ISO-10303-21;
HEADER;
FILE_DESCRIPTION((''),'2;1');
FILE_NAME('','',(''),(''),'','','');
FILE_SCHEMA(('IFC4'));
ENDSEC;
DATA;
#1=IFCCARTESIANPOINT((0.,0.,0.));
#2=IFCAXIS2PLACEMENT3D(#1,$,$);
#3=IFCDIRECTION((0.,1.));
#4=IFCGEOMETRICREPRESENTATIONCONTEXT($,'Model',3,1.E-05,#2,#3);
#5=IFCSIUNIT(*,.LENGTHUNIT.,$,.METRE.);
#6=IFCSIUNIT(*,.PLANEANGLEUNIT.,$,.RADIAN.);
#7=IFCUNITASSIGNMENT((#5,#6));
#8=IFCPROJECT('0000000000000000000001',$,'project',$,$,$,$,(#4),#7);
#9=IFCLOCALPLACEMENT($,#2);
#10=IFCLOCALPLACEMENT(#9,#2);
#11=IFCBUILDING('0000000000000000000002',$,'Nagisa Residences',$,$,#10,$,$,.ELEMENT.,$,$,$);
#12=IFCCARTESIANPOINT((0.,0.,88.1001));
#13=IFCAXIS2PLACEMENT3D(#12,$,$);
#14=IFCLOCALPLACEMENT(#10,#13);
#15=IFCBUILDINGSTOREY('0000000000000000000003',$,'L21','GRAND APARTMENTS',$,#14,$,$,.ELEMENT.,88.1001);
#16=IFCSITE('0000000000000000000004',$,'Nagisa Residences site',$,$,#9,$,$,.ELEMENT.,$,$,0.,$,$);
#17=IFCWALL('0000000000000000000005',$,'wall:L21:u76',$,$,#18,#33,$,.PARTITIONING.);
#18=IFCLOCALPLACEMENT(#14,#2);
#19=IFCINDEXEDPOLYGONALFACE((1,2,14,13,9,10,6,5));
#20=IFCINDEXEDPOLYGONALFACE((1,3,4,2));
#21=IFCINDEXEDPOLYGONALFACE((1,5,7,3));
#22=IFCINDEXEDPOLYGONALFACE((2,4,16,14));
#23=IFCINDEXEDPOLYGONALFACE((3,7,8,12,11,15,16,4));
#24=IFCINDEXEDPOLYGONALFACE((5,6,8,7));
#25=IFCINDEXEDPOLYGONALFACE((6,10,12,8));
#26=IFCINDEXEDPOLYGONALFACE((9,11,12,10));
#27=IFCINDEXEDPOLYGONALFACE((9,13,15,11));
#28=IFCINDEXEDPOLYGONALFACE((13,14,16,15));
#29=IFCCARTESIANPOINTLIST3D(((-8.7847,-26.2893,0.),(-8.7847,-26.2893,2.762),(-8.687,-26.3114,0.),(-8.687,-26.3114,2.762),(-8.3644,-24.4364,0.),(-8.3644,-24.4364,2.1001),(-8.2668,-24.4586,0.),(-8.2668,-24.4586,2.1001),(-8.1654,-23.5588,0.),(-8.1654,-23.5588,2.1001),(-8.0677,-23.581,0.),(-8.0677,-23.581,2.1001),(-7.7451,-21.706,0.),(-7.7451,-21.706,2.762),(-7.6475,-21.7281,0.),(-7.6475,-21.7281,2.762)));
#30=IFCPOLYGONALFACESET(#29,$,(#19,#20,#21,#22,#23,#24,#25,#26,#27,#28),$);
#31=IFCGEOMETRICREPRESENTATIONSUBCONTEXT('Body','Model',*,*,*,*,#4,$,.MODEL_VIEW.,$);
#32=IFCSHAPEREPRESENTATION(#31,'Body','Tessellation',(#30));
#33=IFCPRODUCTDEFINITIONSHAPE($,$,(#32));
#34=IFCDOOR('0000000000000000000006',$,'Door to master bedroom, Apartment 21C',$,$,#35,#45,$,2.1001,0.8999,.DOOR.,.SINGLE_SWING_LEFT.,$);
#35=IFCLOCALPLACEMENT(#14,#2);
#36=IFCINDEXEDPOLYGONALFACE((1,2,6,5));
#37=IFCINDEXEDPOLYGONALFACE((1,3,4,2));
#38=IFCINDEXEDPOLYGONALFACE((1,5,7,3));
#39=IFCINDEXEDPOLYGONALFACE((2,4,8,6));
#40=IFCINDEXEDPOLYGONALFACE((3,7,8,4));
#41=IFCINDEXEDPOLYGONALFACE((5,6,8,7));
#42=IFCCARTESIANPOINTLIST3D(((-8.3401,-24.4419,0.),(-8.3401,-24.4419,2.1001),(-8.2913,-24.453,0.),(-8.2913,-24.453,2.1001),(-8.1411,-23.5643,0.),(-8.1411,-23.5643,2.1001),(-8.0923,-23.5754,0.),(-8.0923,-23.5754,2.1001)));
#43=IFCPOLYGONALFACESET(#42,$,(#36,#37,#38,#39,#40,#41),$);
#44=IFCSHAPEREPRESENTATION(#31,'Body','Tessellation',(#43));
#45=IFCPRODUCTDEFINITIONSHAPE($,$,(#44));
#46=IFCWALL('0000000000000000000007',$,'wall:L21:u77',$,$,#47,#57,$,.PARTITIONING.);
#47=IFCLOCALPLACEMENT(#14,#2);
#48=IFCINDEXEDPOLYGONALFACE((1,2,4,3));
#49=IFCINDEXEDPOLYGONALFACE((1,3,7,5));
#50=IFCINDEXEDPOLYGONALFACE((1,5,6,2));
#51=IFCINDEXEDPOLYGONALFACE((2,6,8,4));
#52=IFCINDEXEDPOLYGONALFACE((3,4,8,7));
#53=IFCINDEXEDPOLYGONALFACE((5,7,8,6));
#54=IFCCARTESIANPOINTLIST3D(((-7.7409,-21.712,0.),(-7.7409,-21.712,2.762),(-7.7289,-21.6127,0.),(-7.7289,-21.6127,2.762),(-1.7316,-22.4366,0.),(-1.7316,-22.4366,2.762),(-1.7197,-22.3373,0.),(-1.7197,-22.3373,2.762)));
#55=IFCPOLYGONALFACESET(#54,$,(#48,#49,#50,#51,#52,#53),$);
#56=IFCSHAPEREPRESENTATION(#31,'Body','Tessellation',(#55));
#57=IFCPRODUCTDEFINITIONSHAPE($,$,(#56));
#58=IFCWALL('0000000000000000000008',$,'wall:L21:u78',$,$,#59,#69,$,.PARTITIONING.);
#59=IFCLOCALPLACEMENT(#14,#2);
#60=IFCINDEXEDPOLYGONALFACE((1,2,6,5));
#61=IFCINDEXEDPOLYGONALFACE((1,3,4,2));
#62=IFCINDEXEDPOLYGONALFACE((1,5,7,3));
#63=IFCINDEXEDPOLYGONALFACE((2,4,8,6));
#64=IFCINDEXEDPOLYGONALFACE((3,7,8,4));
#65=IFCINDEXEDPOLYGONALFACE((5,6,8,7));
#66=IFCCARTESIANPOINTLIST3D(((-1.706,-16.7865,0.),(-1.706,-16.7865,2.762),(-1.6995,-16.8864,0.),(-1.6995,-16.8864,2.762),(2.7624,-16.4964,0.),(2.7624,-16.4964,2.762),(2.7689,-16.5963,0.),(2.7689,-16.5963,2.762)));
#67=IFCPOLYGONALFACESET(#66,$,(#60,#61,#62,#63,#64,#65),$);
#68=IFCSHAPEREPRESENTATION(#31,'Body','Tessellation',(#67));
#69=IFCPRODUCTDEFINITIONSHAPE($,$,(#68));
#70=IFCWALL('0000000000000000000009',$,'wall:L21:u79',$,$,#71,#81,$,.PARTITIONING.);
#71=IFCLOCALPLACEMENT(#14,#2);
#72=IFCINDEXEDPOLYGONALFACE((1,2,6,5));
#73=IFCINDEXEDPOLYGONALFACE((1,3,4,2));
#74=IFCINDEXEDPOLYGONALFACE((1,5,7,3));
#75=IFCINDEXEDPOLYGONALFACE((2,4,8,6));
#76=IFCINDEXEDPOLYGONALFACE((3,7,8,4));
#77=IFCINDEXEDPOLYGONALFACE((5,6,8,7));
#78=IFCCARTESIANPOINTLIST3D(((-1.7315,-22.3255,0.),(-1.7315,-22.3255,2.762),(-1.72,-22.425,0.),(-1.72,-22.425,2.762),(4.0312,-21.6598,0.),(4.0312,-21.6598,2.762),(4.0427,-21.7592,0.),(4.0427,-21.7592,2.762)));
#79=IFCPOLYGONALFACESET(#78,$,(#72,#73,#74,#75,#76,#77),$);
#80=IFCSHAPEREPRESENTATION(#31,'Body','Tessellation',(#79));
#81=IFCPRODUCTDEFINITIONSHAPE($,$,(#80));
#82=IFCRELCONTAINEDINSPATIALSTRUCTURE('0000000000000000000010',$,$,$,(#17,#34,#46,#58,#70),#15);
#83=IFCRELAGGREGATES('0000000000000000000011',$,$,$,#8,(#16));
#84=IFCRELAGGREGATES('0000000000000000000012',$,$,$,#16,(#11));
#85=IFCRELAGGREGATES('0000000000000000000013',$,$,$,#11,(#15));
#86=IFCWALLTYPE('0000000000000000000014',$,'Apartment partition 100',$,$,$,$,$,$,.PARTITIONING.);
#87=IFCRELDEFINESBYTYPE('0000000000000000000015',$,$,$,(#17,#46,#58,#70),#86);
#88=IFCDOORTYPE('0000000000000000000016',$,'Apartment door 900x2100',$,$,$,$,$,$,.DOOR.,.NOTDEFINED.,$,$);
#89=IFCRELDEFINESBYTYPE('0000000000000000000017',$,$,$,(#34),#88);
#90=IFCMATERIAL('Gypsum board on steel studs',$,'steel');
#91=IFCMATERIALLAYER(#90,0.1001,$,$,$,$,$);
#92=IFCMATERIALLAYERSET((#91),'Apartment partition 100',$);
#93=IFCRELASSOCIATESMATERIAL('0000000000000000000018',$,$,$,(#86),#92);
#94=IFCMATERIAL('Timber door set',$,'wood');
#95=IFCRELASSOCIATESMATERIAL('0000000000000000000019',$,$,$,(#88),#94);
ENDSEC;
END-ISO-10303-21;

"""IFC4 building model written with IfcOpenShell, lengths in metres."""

from ifc_helpers import new_model, si_unit, direction, frame, frame_2d, origin, place, context, subcontext, project, spatial, rectangle, extrude, material, layer, layer_set, type_object, element, fill, save


model = new_model("IFC4")

# Units and contexts
model_context = context("Model", 3, precision=1e-05, world=origin(), true_north=direction((0.0, 1.0)))
body_context = subcontext(model_context, "Body", "Model", "MODEL_VIEW")
ifc_project = project(units=[si_unit("LENGTHUNIT", "METRE"), si_unit("PLANEANGLEUNIT", "RADIAN")], contexts=[model_context])

# Site, building, storey
site_placement = place(None, origin())
site = spatial("IfcSite", under=ifc_project, at=site_placement, Name="Nagisa Residences site", CompositionType="ELEMENT", RefElevation=0.0)
building_placement = place(site_placement, origin())
building = spatial("IfcBuilding", under=site, at=building_placement, Name="Nagisa Residences", CompositionType="ELEMENT")
storey_placement = place(building_placement, frame((0.0, 0.0, 88.1001)))
storey = spatial("IfcBuildingStorey", under=building, at=storey_placement, Name="L21", Description="GRAND APARTMENTS", CompositionType="ELEMENT", Elevation=88.1001)

# Shared definitions
ifc_material_1 = material(Name="Gypsum board on steel studs", Category="steel")
ifc_layer_1 = layer(ifc_material_1, 0.1001)
ifc_layer_set_1 = layer_set([ifc_layer_1], Name="Apartment partition 100")
wall_type_1 = type_object("IfcWallType", Name="Apartment partition 100", PredefinedType="PARTITIONING", material=ifc_layer_set_1)
ifc_material_2 = material(Name="Timber door set", Category="wood")
door_type_1 = type_object("IfcDoorType", Name="Apartment door 900x2100", OperationType="NOTDEFINED", PredefinedType="DOOR", material=ifc_material_2)

# Wall, opening, door
wall_1_placement = place(storey_placement, frame((-7.6963, -21.717, 0.0), z_axis=(0.0, 0.0, 1.0), x_axis=(-0.221197, -0.975229, 0.0)))
wall_1 = element("IfcWall", 1, at=wall_1_placement, inside=storey, type_object=wall_type_1, Name="wall:L21:u76", PredefinedType="PARTITIONING", context=body_context, shape_type="SweptSolid", body=[
    extrude(rectangle(XDim=4.6997, YDim=0.1001, at=frame_2d((2.3499, 0.0))), origin(), (0.0, 0.0, 1.0), 2.762),
])
opening_1_placement = place(wall_1_placement, frame((1.8999, 0.0, 0.0)))
opening_1 = element("IfcOpeningElement", 2, at=opening_1_placement, cuts=wall_1, PredefinedType="OPENING", context=body_context, shape_type="SweptSolid", body=[
    extrude(rectangle(XDim=0.8999, YDim=2.1001, at=frame_2d((0.45, 1.05))), frame((0.0, 0.0601, 0.0), z_axis=(0.0, -1.0, 0.0), x_axis=(1.0, 0.0, 0.0)), (0.0, 0.0, 1.0), 0.1201),
])
door_1_placement = place(opening_1_placement, origin())
door_1 = element("IfcDoor", 3, at=door_1_placement, inside=storey, type_object=door_type_1, Name="Door to master bedroom, Apartment 21C", OperationType="SINGLE_SWING_LEFT", OverallHeight=2.1001, OverallWidth=0.8999, PredefinedType="DOOR", context=body_context, shape_type="SweptSolid", body=[
    extrude(rectangle(XDim=0.8999, YDim=2.1001, at=frame_2d((0.45, 1.05))), frame((0.0, 0.0249, 0.0), z_axis=(0.0, -1.0, 0.0), x_axis=(1.0, 0.0, 0.0)), (0.0, 0.0, 1.0), 0.05),
])
fill(opening_1, door_1)

# Walls
wall_2_placement = place(storey_placement, frame((-7.7349, -21.6624, 0.0), z_axis=(0.0, 0.0, 1.0), x_axis=(0.992808, -0.119715, 0.0)))
element("IfcWall", 4, at=wall_2_placement, inside=storey, type_object=wall_type_1, Name="wall:L21:u77", PredefinedType="PARTITIONING", context=body_context, shape_type="SweptSolid", body=[
    extrude(rectangle(XDim=6.0527, YDim=0.1001, at=frame_2d((3.0264, 0.0))), origin(), (0.0, 0.0, 1.0), 2.762),
])
wall_3_placement = place(storey_placement, frame((-1.7026, -16.8364, 0.0), z_axis=(0.0, 0.0, 1.0), x_axis=(0.9979, 0.064775, 0.0)))
element("IfcWall", 5, at=wall_3_placement, inside=storey, type_object=wall_type_1, Name="wall:L21:u78", PredefinedType="PARTITIONING", context=body_context, shape_type="SweptSolid", body=[
    extrude(rectangle(XDim=4.4778, YDim=0.1001, at=frame_2d((2.2388, 0.0))), origin(), (0.0, 0.0, 1.0), 2.762),
])
wall_4_placement = place(storey_placement, frame((-1.7256, -22.3752, 0.0), z_axis=(0.0, 0.0, 1.0), x_axis=(0.993392, 0.114768, 0.0)))
element("IfcWall", 6, at=wall_4_placement, inside=storey, type_object=wall_type_1, Name="wall:L21:u79", PredefinedType="PARTITIONING", context=body_context, shape_type="SweptSolid", body=[
    extrude(rectangle(XDim=5.801, YDim=0.1001, at=frame_2d((2.9004, 0.0))), origin(), (0.0, 0.0, 1.0), 2.762),
])

save(model, "model.ifc")
